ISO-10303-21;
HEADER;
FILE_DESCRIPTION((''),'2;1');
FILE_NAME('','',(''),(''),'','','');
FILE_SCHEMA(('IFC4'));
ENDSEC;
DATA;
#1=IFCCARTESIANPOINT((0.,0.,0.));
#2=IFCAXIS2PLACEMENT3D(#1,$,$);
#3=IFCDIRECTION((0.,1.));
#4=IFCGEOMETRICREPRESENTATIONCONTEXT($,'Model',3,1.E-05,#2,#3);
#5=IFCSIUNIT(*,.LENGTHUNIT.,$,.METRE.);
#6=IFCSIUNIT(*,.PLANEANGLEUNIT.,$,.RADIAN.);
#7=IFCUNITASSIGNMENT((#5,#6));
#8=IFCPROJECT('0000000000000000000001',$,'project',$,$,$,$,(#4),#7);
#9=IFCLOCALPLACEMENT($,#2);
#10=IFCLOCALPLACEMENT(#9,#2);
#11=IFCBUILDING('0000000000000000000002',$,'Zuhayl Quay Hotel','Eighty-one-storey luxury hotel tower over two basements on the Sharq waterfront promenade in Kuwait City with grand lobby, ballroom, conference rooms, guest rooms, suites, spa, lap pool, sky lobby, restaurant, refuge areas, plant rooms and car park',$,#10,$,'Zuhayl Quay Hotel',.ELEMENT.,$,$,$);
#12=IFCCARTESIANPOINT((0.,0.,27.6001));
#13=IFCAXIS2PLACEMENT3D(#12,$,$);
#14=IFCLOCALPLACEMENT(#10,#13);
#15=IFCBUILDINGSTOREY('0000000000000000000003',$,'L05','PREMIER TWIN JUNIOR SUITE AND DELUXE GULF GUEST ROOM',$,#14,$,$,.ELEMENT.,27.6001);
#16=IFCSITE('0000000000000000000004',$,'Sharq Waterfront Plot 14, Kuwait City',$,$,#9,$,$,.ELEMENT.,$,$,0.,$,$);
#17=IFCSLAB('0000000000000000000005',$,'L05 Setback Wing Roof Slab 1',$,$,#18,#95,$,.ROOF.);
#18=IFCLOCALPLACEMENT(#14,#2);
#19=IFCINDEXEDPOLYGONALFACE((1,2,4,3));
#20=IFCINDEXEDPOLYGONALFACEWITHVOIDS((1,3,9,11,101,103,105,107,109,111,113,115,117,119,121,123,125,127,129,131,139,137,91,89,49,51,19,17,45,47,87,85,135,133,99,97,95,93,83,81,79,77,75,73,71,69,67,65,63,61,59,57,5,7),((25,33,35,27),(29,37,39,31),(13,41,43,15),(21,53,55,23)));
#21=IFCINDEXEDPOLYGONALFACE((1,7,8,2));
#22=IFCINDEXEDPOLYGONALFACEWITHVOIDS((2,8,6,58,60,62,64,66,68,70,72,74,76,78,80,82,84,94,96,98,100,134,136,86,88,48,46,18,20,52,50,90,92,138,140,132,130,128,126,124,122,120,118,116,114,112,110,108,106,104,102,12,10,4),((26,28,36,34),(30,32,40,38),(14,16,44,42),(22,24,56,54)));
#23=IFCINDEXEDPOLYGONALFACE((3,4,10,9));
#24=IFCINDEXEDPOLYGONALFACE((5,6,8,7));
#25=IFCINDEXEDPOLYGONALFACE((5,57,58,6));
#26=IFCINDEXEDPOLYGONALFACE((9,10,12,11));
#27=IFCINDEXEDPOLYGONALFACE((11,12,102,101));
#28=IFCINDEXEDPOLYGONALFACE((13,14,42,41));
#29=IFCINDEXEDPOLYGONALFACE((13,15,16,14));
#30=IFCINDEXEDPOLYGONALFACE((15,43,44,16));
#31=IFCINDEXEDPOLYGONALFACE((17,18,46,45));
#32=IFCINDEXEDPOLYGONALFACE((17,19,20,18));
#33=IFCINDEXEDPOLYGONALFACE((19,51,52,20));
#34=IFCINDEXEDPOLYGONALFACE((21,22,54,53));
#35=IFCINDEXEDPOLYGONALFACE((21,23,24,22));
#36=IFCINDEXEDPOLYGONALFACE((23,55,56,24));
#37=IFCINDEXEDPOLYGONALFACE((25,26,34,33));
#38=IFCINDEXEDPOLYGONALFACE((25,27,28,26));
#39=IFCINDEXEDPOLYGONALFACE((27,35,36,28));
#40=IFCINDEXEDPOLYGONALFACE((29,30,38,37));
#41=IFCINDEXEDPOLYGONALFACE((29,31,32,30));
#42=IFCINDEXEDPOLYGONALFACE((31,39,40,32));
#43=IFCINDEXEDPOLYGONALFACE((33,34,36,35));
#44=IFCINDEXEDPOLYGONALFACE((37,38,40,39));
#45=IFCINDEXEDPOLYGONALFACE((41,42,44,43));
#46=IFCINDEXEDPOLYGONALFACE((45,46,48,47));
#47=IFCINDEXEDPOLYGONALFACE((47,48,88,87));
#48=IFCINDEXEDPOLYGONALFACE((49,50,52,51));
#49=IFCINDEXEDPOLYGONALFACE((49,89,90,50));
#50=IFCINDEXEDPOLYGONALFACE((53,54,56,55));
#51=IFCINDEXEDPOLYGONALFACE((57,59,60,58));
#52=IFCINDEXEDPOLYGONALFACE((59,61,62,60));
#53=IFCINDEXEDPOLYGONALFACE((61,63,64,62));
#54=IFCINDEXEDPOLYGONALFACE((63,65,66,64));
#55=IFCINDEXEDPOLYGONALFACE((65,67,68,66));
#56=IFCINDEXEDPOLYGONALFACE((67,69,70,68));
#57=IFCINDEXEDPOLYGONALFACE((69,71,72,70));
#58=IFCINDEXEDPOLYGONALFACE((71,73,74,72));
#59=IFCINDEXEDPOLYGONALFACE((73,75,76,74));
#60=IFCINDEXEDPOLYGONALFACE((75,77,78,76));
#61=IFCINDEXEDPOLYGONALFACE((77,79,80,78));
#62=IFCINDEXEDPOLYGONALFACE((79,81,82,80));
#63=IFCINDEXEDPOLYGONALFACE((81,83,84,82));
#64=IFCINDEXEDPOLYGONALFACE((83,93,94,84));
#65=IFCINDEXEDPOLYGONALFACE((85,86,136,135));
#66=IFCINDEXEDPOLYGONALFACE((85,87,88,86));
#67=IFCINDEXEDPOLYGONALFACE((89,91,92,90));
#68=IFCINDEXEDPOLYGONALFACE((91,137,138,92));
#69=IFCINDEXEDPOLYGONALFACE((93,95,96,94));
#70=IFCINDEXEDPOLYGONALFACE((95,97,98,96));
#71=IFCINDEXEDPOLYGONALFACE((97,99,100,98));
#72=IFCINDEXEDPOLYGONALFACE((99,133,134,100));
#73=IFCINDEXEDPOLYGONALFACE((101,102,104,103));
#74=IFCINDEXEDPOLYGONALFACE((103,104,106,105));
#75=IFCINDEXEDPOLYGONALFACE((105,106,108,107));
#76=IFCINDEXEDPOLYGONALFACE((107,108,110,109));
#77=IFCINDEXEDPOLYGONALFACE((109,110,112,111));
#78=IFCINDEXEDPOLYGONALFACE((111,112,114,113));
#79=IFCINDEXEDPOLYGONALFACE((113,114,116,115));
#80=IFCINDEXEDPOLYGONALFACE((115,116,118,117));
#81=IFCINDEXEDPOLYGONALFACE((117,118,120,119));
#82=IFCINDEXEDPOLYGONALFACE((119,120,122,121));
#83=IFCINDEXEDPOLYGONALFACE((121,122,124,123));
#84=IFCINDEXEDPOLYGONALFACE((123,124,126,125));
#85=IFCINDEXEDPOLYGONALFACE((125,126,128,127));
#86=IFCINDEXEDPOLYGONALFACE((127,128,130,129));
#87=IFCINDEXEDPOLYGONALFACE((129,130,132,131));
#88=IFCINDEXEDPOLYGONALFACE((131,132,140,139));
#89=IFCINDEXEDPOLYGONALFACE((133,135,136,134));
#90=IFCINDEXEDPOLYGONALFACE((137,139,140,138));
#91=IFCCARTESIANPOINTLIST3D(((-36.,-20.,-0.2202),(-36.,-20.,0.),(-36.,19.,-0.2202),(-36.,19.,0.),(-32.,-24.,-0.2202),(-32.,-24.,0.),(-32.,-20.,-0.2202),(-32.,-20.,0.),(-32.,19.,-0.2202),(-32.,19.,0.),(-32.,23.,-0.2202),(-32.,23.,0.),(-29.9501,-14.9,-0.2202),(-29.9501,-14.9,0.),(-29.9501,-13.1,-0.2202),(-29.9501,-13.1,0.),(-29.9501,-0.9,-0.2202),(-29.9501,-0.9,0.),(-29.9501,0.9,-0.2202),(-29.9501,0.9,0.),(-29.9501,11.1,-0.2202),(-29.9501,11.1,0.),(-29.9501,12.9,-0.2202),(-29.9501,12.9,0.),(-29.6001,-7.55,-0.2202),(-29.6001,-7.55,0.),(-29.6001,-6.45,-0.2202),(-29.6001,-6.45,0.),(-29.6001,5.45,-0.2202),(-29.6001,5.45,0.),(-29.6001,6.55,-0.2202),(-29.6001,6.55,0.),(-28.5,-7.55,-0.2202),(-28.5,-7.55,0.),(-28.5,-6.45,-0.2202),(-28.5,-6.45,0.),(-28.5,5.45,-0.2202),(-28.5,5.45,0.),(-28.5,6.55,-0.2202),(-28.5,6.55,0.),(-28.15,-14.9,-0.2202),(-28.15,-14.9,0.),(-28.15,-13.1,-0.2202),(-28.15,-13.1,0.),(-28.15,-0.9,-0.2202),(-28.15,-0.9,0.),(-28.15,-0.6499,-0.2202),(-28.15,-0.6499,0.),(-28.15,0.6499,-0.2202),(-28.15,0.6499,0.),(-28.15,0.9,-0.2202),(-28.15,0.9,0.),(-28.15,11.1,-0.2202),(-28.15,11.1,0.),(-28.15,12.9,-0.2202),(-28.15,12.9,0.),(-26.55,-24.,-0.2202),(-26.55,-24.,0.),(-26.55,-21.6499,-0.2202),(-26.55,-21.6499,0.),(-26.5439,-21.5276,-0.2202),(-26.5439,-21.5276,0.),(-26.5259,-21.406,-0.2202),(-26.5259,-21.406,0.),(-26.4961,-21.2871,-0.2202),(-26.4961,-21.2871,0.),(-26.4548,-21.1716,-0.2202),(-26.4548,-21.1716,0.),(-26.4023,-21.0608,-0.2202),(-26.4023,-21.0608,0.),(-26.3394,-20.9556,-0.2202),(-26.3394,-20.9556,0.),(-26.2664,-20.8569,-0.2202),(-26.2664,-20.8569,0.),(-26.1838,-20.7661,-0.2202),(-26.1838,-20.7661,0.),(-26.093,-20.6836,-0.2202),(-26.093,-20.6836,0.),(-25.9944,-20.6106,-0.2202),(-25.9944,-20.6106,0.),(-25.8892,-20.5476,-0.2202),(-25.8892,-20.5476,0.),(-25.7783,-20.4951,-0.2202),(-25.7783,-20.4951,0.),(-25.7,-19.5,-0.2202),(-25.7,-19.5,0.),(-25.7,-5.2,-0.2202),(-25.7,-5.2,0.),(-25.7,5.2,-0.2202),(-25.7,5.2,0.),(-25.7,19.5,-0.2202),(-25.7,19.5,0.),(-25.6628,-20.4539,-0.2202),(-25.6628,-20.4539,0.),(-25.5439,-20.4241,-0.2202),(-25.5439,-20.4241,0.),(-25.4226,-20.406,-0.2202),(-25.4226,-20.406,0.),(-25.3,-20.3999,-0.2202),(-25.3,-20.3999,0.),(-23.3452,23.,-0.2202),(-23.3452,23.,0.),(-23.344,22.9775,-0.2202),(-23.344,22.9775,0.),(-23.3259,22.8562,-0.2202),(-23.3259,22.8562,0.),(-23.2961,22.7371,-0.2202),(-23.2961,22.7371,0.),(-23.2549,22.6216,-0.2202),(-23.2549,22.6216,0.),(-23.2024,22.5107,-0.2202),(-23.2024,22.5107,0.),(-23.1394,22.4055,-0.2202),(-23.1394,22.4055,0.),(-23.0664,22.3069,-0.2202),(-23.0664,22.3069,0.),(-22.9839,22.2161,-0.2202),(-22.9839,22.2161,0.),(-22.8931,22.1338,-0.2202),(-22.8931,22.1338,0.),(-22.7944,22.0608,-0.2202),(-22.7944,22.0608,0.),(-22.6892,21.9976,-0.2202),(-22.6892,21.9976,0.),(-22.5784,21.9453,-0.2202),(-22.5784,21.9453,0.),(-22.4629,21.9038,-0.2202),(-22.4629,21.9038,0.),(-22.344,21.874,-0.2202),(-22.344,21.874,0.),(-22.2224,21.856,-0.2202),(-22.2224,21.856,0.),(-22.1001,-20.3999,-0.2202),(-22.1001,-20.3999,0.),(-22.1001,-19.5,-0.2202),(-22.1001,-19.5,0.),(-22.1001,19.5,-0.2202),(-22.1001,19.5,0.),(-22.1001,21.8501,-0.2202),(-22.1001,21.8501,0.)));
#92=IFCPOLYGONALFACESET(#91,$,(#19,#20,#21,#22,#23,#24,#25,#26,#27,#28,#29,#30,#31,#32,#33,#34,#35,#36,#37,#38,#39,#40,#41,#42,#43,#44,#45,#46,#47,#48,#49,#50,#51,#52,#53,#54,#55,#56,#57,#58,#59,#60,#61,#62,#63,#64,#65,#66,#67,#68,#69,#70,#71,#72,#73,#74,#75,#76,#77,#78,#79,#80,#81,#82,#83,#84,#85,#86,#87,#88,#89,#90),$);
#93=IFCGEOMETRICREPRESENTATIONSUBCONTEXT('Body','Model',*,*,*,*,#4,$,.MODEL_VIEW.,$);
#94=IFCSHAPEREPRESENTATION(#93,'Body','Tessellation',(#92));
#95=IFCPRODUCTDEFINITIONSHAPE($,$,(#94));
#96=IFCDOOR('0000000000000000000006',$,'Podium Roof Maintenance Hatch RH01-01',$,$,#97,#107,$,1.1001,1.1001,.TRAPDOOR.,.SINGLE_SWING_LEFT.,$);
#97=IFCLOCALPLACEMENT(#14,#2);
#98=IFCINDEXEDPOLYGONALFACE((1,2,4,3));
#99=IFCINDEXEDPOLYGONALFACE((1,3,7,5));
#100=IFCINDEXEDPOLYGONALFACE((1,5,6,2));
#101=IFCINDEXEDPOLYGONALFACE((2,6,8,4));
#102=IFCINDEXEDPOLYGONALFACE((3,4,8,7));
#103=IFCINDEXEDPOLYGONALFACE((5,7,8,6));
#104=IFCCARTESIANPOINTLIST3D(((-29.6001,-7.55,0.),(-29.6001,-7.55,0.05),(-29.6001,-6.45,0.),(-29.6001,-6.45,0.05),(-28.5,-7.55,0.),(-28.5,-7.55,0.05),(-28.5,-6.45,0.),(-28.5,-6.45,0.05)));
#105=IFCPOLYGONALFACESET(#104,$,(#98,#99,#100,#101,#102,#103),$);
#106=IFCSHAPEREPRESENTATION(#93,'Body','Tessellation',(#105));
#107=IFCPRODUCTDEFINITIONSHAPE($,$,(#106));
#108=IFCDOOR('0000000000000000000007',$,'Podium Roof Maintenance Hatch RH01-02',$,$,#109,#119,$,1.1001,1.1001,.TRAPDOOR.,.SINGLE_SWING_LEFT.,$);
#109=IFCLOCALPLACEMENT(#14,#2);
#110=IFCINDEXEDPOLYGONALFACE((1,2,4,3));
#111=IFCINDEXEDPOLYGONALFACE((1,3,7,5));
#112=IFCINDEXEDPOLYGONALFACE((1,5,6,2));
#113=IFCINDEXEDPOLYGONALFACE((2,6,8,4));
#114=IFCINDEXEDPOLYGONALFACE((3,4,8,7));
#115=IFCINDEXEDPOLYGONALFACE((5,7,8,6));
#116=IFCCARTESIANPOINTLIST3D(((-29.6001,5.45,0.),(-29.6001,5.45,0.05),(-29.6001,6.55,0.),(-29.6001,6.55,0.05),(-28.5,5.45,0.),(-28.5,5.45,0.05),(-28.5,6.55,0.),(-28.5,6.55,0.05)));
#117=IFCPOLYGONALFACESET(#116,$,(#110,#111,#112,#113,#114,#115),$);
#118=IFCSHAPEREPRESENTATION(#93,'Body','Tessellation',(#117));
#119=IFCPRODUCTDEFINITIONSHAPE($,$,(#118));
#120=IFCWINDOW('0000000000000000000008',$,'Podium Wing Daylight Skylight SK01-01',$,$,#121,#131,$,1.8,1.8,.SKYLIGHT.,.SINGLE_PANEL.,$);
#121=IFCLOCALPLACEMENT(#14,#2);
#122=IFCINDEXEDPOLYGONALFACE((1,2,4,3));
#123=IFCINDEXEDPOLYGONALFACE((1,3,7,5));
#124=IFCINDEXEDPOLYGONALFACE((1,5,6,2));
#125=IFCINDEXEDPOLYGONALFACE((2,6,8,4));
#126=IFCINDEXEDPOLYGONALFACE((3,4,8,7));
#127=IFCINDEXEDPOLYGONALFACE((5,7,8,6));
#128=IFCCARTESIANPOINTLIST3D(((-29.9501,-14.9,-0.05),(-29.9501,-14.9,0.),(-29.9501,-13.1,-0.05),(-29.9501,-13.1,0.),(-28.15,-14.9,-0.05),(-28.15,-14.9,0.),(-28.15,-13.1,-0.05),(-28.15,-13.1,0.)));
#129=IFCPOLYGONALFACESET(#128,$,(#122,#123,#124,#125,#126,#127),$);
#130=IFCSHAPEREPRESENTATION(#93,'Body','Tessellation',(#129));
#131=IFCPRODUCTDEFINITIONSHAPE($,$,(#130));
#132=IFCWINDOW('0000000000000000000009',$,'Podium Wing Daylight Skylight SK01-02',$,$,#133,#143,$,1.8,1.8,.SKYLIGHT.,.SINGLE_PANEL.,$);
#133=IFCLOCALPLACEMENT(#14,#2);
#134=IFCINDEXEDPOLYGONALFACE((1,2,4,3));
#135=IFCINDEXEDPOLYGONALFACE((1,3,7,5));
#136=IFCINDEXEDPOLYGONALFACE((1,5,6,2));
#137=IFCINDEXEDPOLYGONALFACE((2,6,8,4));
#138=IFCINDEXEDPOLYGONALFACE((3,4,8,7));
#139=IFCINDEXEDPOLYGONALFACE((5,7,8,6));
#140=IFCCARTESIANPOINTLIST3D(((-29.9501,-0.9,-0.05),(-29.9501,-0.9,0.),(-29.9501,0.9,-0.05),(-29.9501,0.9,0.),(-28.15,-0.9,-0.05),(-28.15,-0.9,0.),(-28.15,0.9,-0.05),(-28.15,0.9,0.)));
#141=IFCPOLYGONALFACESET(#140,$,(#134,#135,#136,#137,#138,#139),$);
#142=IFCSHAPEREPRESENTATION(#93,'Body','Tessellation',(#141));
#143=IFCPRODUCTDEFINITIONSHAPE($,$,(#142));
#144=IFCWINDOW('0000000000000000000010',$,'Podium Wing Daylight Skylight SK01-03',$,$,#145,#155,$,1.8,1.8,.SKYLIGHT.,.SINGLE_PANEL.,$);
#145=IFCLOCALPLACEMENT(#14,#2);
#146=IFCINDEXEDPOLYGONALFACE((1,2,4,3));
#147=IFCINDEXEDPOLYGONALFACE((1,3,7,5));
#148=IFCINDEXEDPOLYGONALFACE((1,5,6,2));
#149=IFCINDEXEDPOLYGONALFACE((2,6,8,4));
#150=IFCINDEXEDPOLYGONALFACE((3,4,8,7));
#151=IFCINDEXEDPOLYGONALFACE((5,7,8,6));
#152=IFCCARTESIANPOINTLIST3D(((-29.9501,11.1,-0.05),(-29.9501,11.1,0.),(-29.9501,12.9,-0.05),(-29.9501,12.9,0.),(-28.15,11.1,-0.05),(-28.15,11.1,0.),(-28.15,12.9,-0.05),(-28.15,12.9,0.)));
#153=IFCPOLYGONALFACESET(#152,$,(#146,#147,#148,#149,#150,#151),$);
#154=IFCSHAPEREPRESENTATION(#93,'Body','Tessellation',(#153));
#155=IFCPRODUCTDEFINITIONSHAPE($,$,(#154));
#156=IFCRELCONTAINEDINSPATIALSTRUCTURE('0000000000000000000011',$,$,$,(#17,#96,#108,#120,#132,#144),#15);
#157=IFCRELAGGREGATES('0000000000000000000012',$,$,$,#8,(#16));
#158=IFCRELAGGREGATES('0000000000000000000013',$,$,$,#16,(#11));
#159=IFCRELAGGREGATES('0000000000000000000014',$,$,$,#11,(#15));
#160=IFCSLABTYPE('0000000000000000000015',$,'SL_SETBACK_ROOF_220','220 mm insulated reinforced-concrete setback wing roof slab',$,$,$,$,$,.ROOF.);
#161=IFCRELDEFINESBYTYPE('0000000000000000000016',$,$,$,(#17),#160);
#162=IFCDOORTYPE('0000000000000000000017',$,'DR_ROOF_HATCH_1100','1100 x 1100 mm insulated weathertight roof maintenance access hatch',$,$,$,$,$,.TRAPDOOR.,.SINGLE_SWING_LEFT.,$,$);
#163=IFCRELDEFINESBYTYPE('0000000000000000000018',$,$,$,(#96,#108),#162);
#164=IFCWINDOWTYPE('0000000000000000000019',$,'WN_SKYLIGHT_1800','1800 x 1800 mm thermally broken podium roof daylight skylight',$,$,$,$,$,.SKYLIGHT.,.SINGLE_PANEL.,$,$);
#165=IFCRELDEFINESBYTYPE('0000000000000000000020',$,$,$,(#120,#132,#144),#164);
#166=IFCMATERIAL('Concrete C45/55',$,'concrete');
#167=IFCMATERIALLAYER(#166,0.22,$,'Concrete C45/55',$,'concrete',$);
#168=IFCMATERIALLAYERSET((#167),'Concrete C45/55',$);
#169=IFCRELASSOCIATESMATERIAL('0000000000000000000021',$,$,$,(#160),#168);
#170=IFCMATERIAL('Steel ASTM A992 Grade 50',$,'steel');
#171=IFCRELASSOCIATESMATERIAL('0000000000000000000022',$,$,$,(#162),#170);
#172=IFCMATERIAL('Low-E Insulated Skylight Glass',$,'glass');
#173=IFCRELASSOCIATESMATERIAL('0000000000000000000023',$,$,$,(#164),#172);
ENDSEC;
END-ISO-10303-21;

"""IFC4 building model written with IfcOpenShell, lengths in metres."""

from ifc_helpers import new_model, si_unit, direction, frame, origin, origin_2d, place, context, subcontext, project, spatial, polyline, rectangle, outline, extrude, material, layer, layer_set, type_object, element, fill, save


model = new_model("IFC4")

# Units and contexts
model_context = context("Model", 3, precision=1e-05, world=origin(), true_north=direction((0.0, 1.0)))
body_context = subcontext(model_context, "Body", "Model", "MODEL_VIEW")
ifc_project = project(units=[si_unit("LENGTHUNIT", "METRE"), si_unit("PLANEANGLEUNIT", "RADIAN")], contexts=[model_context])

# Site, building, storey
site_placement = place(None, origin())
site = spatial("IfcSite", under=ifc_project, at=site_placement, Name="Sharq Waterfront Plot 14, Kuwait City", CompositionType="ELEMENT", RefElevation=0.0)
building_placement = place(site_placement, origin())
building = spatial("IfcBuilding", under=site, at=building_placement, Name="Zuhayl Quay Hotel", Description="Eighty-one-storey luxury hotel tower over two basements on the Sharq waterfront promenade in Kuwait City with grand lobby, ballroom, conference rooms, guest rooms, suites, spa, lap pool, sky lobby, restaurant, refuge areas, plant rooms and car park", LongName="Zuhayl Quay Hotel", CompositionType="ELEMENT")
storey_placement = place(building_placement, frame((0.0, 0.0, 27.6001)))
storey = spatial("IfcBuildingStorey", under=building, at=storey_placement, Name="L05", Description="PREMIER TWIN JUNIOR SUITE AND DELUXE GULF GUEST ROOM", CompositionType="ELEMENT", Elevation=27.6001)

# Shared definitions
ifc_material_1 = material(Name="Concrete C45/55", Category="concrete")

# Slab, openings, doors, windows
ifc_layer_1 = layer(ifc_material_1, 0.22, Name="Concrete C45/55", Category="concrete")
ifc_layer_set_1 = layer_set([ifc_layer_1], Name="Concrete C45/55")
slab_type_1 = type_object("IfcSlabType", Name="SL_SETBACK_ROOF_220", Description="220 mm insulated reinforced-concrete setback wing roof slab", PredefinedType="ROOF", material=ifc_layer_set_1)
slab_1_placement = place(storey_placement, frame((0.0, 0.0, -0.2202)))
slab_1 = element("IfcSlab", 1, at=slab_1_placement, inside=storey, type_object=slab_type_1, Name="L05 Setback Wing Roof Slab 1", PredefinedType="ROOF", context=body_context, shape_type="SweptSolid", body=[
    extrude(outline(polyline([(-32.0, -20.0), (-32.0, -24.0), (-26.55, -24.0), (-26.55, -21.6499), (-26.5439, -21.5276), (-26.5259, -21.406), (-26.4961, -21.2871), (-26.4548, -21.1716), (-26.4023, -21.0608), (-26.3394, -20.9556), (-26.2664, -20.8569), (-26.1838, -20.7661), (-26.093, -20.6836), (-25.9944, -20.6106), (-25.8892, -20.5476), (-25.7783, -20.4951), (-25.6628, -20.4539), (-25.5439, -20.4241), (-25.4226, -20.406), (-25.3, -20.3999), (-22.1001, -20.3999), (-22.1001, -19.5), (-25.7, -19.5), (-25.7, -5.2), (-28.5, 0.0), (-25.7, 5.2), (-25.7, 19.5), (-22.1001, 19.5), (-22.1001, 21.8501), (-22.2224, 21.856), (-22.344, 21.874), (-22.4629, 21.9038), (-22.5784, 21.9453), (-22.6892, 21.9976), (-22.7944, 22.0608), (-22.8931, 22.1338), (-22.9839, 22.2161), (-23.0664, 22.3069), (-23.1394, 22.4055), (-23.2024, 22.5107), (-23.2549, 22.6216), (-23.2961, 22.7371), (-23.3259, 22.8562), (-23.344, 22.9775), (-23.3452, 23.0), (-32.0, 23.0), (-32.0, 19.0), (-36.0, 19.0), (-36.0, -20.0), (-32.0, -20.0)])), origin(), (0.0, 0.0, 1.0), 0.2202),
])
opening_1_placement = place(slab_1_placement, frame((-29.05, -14.0, 0.0)))
opening_1 = element("IfcOpeningElement", 2, at=opening_1_placement, cuts=slab_1, PredefinedType="OPENING", context=body_context, shape_type="SweptSolid", body=[
    extrude(rectangle(XDim=1.8, YDim=1.8, at=origin_2d()), frame((0.0, 0.0, -0.01)), (0.0, 0.0, 1.0), 0.2402),
])
opening_2_placement = place(slab_1_placement, frame((-29.05, 0.0, 0.0)))
opening_2 = element("IfcOpeningElement", 3, at=opening_2_placement, cuts=slab_1, PredefinedType="OPENING", context=body_context, shape_type="SweptSolid", body=[
    extrude(rectangle(XDim=1.8, YDim=1.8, at=origin_2d()), frame((0.0, 0.0, -0.01)), (0.0, 0.0, 1.0), 0.2402),
])
opening_3_placement = place(slab_1_placement, frame((-29.05, 12.0, 0.0)))
opening_3 = element("IfcOpeningElement", 4, at=opening_3_placement, cuts=slab_1, PredefinedType="OPENING", context=body_context, shape_type="SweptSolid", body=[
    extrude(rectangle(XDim=1.8, YDim=1.8, at=origin_2d()), frame((0.0, 0.0, -0.01)), (0.0, 0.0, 1.0), 0.2402),
])
opening_4_placement = place(slab_1_placement, frame((-29.05, -7.0, 0.0)))
opening_4 = element("IfcOpeningElement", 5, at=opening_4_placement, cuts=slab_1, PredefinedType="OPENING", context=body_context, shape_type="SweptSolid", body=[
    extrude(rectangle(XDim=1.1001, YDim=1.1001, at=origin_2d()), frame((0.0, 0.0, -0.01)), (0.0, 0.0, 1.0), 0.2903),
])
opening_5_placement = place(slab_1_placement, frame((-29.05, 6.0, 0.0)))
opening_5 = element("IfcOpeningElement", 6, at=opening_5_placement, cuts=slab_1, PredefinedType="OPENING", context=body_context, shape_type="SweptSolid", body=[
    extrude(rectangle(XDim=1.1001, YDim=1.1001, at=origin_2d()), frame((0.0, 0.0, -0.01)), (0.0, 0.0, 1.0), 0.2903),
])
ifc_material_2 = material(Name="Steel ASTM A992 Grade 50", Category="steel")
door_type = type_object("IfcDoorType", Name="DR_ROOF_HATCH_1100", Description="1100 x 1100 mm insulated weathertight roof maintenance access hatch", OperationType="SINGLE_SWING_LEFT", PredefinedType="TRAPDOOR", material=ifc_material_2)
door_1_placement = place(opening_4_placement, frame((0.0, 0.0, 0.2202)))
door_1 = element("IfcDoor", 7, at=door_1_placement, inside=storey, type_object=door_type, Name="Podium Roof Maintenance Hatch RH01-01", OperationType="SINGLE_SWING_LEFT", OverallHeight=1.1001, OverallWidth=1.1001, PredefinedType="TRAPDOOR", context=body_context, shape_type="SweptSolid", body=[
    extrude(rectangle(XDim=1.1001, YDim=1.1001, at=origin_2d()), origin(), (0.0, 0.0, 1.0), 0.05),
])
fill(opening_4, door_1)
door_2_placement = place(opening_5_placement, frame((0.0, 0.0, 0.2202)))
door_2 = element("IfcDoor", 8, at=door_2_placement, inside=storey, type_object=door_type, Name="Podium Roof Maintenance Hatch RH01-02", OperationType="SINGLE_SWING_LEFT", OverallHeight=1.1001, OverallWidth=1.1001, PredefinedType="TRAPDOOR", context=body_context, shape_type="SweptSolid", body=[
    extrude(rectangle(XDim=1.1001, YDim=1.1001, at=origin_2d()), origin(), (0.0, 0.0, 1.0), 0.05),
])
fill(opening_5, door_2)
ifc_material_3 = material(Name="Low-E Insulated Skylight Glass", Category="glass")
window_type = type_object("IfcWindowType", Name="WN_SKYLIGHT_1800", Description="1800 x 1800 mm thermally broken podium roof daylight skylight", PartitioningType="SINGLE_PANEL", PredefinedType="SKYLIGHT", material=ifc_material_3)
window_1_placement = place(opening_1_placement, frame((0.0, 0.0, 0.1702)))
window_1 = element("IfcWindow", 9, at=window_1_placement, inside=storey, type_object=window_type, Name="Podium Wing Daylight Skylight SK01-01", OverallHeight=1.8, OverallWidth=1.8, PartitioningType="SINGLE_PANEL", PredefinedType="SKYLIGHT", context=body_context, shape_type="SweptSolid", body=[
    extrude(rectangle(XDim=1.8, YDim=1.8, at=origin_2d()), origin(), (0.0, 0.0, 1.0), 0.05),
])
fill(opening_1, window_1)
window_2_placement = place(opening_2_placement, frame((0.0, 0.0, 0.1702)))
window_2 = element("IfcWindow", 10, at=window_2_placement, inside=storey, type_object=window_type, Name="Podium Wing Daylight Skylight SK01-02", OverallHeight=1.8, OverallWidth=1.8, PartitioningType="SINGLE_PANEL", PredefinedType="SKYLIGHT", context=body_context, shape_type="SweptSolid", body=[
    extrude(rectangle(XDim=1.8, YDim=1.8, at=origin_2d()), origin(), (0.0, 0.0, 1.0), 0.05),
])
fill(opening_2, window_2)
window_3_placement = place(opening_3_placement, frame((0.0, 0.0, 0.1702)))
window_3 = element("IfcWindow", 11, at=window_3_placement, inside=storey, type_object=window_type, Name="Podium Wing Daylight Skylight SK01-03", OverallHeight=1.8, OverallWidth=1.8, PartitioningType="SINGLE_PANEL", PredefinedType="SKYLIGHT", context=body_context, shape_type="SweptSolid", body=[
    extrude(rectangle(XDim=1.8, YDim=1.8, at=origin_2d()), origin(), (0.0, 0.0, 1.0), 0.05),
])
fill(opening_3, window_3)

save(model, "model.ifc")
